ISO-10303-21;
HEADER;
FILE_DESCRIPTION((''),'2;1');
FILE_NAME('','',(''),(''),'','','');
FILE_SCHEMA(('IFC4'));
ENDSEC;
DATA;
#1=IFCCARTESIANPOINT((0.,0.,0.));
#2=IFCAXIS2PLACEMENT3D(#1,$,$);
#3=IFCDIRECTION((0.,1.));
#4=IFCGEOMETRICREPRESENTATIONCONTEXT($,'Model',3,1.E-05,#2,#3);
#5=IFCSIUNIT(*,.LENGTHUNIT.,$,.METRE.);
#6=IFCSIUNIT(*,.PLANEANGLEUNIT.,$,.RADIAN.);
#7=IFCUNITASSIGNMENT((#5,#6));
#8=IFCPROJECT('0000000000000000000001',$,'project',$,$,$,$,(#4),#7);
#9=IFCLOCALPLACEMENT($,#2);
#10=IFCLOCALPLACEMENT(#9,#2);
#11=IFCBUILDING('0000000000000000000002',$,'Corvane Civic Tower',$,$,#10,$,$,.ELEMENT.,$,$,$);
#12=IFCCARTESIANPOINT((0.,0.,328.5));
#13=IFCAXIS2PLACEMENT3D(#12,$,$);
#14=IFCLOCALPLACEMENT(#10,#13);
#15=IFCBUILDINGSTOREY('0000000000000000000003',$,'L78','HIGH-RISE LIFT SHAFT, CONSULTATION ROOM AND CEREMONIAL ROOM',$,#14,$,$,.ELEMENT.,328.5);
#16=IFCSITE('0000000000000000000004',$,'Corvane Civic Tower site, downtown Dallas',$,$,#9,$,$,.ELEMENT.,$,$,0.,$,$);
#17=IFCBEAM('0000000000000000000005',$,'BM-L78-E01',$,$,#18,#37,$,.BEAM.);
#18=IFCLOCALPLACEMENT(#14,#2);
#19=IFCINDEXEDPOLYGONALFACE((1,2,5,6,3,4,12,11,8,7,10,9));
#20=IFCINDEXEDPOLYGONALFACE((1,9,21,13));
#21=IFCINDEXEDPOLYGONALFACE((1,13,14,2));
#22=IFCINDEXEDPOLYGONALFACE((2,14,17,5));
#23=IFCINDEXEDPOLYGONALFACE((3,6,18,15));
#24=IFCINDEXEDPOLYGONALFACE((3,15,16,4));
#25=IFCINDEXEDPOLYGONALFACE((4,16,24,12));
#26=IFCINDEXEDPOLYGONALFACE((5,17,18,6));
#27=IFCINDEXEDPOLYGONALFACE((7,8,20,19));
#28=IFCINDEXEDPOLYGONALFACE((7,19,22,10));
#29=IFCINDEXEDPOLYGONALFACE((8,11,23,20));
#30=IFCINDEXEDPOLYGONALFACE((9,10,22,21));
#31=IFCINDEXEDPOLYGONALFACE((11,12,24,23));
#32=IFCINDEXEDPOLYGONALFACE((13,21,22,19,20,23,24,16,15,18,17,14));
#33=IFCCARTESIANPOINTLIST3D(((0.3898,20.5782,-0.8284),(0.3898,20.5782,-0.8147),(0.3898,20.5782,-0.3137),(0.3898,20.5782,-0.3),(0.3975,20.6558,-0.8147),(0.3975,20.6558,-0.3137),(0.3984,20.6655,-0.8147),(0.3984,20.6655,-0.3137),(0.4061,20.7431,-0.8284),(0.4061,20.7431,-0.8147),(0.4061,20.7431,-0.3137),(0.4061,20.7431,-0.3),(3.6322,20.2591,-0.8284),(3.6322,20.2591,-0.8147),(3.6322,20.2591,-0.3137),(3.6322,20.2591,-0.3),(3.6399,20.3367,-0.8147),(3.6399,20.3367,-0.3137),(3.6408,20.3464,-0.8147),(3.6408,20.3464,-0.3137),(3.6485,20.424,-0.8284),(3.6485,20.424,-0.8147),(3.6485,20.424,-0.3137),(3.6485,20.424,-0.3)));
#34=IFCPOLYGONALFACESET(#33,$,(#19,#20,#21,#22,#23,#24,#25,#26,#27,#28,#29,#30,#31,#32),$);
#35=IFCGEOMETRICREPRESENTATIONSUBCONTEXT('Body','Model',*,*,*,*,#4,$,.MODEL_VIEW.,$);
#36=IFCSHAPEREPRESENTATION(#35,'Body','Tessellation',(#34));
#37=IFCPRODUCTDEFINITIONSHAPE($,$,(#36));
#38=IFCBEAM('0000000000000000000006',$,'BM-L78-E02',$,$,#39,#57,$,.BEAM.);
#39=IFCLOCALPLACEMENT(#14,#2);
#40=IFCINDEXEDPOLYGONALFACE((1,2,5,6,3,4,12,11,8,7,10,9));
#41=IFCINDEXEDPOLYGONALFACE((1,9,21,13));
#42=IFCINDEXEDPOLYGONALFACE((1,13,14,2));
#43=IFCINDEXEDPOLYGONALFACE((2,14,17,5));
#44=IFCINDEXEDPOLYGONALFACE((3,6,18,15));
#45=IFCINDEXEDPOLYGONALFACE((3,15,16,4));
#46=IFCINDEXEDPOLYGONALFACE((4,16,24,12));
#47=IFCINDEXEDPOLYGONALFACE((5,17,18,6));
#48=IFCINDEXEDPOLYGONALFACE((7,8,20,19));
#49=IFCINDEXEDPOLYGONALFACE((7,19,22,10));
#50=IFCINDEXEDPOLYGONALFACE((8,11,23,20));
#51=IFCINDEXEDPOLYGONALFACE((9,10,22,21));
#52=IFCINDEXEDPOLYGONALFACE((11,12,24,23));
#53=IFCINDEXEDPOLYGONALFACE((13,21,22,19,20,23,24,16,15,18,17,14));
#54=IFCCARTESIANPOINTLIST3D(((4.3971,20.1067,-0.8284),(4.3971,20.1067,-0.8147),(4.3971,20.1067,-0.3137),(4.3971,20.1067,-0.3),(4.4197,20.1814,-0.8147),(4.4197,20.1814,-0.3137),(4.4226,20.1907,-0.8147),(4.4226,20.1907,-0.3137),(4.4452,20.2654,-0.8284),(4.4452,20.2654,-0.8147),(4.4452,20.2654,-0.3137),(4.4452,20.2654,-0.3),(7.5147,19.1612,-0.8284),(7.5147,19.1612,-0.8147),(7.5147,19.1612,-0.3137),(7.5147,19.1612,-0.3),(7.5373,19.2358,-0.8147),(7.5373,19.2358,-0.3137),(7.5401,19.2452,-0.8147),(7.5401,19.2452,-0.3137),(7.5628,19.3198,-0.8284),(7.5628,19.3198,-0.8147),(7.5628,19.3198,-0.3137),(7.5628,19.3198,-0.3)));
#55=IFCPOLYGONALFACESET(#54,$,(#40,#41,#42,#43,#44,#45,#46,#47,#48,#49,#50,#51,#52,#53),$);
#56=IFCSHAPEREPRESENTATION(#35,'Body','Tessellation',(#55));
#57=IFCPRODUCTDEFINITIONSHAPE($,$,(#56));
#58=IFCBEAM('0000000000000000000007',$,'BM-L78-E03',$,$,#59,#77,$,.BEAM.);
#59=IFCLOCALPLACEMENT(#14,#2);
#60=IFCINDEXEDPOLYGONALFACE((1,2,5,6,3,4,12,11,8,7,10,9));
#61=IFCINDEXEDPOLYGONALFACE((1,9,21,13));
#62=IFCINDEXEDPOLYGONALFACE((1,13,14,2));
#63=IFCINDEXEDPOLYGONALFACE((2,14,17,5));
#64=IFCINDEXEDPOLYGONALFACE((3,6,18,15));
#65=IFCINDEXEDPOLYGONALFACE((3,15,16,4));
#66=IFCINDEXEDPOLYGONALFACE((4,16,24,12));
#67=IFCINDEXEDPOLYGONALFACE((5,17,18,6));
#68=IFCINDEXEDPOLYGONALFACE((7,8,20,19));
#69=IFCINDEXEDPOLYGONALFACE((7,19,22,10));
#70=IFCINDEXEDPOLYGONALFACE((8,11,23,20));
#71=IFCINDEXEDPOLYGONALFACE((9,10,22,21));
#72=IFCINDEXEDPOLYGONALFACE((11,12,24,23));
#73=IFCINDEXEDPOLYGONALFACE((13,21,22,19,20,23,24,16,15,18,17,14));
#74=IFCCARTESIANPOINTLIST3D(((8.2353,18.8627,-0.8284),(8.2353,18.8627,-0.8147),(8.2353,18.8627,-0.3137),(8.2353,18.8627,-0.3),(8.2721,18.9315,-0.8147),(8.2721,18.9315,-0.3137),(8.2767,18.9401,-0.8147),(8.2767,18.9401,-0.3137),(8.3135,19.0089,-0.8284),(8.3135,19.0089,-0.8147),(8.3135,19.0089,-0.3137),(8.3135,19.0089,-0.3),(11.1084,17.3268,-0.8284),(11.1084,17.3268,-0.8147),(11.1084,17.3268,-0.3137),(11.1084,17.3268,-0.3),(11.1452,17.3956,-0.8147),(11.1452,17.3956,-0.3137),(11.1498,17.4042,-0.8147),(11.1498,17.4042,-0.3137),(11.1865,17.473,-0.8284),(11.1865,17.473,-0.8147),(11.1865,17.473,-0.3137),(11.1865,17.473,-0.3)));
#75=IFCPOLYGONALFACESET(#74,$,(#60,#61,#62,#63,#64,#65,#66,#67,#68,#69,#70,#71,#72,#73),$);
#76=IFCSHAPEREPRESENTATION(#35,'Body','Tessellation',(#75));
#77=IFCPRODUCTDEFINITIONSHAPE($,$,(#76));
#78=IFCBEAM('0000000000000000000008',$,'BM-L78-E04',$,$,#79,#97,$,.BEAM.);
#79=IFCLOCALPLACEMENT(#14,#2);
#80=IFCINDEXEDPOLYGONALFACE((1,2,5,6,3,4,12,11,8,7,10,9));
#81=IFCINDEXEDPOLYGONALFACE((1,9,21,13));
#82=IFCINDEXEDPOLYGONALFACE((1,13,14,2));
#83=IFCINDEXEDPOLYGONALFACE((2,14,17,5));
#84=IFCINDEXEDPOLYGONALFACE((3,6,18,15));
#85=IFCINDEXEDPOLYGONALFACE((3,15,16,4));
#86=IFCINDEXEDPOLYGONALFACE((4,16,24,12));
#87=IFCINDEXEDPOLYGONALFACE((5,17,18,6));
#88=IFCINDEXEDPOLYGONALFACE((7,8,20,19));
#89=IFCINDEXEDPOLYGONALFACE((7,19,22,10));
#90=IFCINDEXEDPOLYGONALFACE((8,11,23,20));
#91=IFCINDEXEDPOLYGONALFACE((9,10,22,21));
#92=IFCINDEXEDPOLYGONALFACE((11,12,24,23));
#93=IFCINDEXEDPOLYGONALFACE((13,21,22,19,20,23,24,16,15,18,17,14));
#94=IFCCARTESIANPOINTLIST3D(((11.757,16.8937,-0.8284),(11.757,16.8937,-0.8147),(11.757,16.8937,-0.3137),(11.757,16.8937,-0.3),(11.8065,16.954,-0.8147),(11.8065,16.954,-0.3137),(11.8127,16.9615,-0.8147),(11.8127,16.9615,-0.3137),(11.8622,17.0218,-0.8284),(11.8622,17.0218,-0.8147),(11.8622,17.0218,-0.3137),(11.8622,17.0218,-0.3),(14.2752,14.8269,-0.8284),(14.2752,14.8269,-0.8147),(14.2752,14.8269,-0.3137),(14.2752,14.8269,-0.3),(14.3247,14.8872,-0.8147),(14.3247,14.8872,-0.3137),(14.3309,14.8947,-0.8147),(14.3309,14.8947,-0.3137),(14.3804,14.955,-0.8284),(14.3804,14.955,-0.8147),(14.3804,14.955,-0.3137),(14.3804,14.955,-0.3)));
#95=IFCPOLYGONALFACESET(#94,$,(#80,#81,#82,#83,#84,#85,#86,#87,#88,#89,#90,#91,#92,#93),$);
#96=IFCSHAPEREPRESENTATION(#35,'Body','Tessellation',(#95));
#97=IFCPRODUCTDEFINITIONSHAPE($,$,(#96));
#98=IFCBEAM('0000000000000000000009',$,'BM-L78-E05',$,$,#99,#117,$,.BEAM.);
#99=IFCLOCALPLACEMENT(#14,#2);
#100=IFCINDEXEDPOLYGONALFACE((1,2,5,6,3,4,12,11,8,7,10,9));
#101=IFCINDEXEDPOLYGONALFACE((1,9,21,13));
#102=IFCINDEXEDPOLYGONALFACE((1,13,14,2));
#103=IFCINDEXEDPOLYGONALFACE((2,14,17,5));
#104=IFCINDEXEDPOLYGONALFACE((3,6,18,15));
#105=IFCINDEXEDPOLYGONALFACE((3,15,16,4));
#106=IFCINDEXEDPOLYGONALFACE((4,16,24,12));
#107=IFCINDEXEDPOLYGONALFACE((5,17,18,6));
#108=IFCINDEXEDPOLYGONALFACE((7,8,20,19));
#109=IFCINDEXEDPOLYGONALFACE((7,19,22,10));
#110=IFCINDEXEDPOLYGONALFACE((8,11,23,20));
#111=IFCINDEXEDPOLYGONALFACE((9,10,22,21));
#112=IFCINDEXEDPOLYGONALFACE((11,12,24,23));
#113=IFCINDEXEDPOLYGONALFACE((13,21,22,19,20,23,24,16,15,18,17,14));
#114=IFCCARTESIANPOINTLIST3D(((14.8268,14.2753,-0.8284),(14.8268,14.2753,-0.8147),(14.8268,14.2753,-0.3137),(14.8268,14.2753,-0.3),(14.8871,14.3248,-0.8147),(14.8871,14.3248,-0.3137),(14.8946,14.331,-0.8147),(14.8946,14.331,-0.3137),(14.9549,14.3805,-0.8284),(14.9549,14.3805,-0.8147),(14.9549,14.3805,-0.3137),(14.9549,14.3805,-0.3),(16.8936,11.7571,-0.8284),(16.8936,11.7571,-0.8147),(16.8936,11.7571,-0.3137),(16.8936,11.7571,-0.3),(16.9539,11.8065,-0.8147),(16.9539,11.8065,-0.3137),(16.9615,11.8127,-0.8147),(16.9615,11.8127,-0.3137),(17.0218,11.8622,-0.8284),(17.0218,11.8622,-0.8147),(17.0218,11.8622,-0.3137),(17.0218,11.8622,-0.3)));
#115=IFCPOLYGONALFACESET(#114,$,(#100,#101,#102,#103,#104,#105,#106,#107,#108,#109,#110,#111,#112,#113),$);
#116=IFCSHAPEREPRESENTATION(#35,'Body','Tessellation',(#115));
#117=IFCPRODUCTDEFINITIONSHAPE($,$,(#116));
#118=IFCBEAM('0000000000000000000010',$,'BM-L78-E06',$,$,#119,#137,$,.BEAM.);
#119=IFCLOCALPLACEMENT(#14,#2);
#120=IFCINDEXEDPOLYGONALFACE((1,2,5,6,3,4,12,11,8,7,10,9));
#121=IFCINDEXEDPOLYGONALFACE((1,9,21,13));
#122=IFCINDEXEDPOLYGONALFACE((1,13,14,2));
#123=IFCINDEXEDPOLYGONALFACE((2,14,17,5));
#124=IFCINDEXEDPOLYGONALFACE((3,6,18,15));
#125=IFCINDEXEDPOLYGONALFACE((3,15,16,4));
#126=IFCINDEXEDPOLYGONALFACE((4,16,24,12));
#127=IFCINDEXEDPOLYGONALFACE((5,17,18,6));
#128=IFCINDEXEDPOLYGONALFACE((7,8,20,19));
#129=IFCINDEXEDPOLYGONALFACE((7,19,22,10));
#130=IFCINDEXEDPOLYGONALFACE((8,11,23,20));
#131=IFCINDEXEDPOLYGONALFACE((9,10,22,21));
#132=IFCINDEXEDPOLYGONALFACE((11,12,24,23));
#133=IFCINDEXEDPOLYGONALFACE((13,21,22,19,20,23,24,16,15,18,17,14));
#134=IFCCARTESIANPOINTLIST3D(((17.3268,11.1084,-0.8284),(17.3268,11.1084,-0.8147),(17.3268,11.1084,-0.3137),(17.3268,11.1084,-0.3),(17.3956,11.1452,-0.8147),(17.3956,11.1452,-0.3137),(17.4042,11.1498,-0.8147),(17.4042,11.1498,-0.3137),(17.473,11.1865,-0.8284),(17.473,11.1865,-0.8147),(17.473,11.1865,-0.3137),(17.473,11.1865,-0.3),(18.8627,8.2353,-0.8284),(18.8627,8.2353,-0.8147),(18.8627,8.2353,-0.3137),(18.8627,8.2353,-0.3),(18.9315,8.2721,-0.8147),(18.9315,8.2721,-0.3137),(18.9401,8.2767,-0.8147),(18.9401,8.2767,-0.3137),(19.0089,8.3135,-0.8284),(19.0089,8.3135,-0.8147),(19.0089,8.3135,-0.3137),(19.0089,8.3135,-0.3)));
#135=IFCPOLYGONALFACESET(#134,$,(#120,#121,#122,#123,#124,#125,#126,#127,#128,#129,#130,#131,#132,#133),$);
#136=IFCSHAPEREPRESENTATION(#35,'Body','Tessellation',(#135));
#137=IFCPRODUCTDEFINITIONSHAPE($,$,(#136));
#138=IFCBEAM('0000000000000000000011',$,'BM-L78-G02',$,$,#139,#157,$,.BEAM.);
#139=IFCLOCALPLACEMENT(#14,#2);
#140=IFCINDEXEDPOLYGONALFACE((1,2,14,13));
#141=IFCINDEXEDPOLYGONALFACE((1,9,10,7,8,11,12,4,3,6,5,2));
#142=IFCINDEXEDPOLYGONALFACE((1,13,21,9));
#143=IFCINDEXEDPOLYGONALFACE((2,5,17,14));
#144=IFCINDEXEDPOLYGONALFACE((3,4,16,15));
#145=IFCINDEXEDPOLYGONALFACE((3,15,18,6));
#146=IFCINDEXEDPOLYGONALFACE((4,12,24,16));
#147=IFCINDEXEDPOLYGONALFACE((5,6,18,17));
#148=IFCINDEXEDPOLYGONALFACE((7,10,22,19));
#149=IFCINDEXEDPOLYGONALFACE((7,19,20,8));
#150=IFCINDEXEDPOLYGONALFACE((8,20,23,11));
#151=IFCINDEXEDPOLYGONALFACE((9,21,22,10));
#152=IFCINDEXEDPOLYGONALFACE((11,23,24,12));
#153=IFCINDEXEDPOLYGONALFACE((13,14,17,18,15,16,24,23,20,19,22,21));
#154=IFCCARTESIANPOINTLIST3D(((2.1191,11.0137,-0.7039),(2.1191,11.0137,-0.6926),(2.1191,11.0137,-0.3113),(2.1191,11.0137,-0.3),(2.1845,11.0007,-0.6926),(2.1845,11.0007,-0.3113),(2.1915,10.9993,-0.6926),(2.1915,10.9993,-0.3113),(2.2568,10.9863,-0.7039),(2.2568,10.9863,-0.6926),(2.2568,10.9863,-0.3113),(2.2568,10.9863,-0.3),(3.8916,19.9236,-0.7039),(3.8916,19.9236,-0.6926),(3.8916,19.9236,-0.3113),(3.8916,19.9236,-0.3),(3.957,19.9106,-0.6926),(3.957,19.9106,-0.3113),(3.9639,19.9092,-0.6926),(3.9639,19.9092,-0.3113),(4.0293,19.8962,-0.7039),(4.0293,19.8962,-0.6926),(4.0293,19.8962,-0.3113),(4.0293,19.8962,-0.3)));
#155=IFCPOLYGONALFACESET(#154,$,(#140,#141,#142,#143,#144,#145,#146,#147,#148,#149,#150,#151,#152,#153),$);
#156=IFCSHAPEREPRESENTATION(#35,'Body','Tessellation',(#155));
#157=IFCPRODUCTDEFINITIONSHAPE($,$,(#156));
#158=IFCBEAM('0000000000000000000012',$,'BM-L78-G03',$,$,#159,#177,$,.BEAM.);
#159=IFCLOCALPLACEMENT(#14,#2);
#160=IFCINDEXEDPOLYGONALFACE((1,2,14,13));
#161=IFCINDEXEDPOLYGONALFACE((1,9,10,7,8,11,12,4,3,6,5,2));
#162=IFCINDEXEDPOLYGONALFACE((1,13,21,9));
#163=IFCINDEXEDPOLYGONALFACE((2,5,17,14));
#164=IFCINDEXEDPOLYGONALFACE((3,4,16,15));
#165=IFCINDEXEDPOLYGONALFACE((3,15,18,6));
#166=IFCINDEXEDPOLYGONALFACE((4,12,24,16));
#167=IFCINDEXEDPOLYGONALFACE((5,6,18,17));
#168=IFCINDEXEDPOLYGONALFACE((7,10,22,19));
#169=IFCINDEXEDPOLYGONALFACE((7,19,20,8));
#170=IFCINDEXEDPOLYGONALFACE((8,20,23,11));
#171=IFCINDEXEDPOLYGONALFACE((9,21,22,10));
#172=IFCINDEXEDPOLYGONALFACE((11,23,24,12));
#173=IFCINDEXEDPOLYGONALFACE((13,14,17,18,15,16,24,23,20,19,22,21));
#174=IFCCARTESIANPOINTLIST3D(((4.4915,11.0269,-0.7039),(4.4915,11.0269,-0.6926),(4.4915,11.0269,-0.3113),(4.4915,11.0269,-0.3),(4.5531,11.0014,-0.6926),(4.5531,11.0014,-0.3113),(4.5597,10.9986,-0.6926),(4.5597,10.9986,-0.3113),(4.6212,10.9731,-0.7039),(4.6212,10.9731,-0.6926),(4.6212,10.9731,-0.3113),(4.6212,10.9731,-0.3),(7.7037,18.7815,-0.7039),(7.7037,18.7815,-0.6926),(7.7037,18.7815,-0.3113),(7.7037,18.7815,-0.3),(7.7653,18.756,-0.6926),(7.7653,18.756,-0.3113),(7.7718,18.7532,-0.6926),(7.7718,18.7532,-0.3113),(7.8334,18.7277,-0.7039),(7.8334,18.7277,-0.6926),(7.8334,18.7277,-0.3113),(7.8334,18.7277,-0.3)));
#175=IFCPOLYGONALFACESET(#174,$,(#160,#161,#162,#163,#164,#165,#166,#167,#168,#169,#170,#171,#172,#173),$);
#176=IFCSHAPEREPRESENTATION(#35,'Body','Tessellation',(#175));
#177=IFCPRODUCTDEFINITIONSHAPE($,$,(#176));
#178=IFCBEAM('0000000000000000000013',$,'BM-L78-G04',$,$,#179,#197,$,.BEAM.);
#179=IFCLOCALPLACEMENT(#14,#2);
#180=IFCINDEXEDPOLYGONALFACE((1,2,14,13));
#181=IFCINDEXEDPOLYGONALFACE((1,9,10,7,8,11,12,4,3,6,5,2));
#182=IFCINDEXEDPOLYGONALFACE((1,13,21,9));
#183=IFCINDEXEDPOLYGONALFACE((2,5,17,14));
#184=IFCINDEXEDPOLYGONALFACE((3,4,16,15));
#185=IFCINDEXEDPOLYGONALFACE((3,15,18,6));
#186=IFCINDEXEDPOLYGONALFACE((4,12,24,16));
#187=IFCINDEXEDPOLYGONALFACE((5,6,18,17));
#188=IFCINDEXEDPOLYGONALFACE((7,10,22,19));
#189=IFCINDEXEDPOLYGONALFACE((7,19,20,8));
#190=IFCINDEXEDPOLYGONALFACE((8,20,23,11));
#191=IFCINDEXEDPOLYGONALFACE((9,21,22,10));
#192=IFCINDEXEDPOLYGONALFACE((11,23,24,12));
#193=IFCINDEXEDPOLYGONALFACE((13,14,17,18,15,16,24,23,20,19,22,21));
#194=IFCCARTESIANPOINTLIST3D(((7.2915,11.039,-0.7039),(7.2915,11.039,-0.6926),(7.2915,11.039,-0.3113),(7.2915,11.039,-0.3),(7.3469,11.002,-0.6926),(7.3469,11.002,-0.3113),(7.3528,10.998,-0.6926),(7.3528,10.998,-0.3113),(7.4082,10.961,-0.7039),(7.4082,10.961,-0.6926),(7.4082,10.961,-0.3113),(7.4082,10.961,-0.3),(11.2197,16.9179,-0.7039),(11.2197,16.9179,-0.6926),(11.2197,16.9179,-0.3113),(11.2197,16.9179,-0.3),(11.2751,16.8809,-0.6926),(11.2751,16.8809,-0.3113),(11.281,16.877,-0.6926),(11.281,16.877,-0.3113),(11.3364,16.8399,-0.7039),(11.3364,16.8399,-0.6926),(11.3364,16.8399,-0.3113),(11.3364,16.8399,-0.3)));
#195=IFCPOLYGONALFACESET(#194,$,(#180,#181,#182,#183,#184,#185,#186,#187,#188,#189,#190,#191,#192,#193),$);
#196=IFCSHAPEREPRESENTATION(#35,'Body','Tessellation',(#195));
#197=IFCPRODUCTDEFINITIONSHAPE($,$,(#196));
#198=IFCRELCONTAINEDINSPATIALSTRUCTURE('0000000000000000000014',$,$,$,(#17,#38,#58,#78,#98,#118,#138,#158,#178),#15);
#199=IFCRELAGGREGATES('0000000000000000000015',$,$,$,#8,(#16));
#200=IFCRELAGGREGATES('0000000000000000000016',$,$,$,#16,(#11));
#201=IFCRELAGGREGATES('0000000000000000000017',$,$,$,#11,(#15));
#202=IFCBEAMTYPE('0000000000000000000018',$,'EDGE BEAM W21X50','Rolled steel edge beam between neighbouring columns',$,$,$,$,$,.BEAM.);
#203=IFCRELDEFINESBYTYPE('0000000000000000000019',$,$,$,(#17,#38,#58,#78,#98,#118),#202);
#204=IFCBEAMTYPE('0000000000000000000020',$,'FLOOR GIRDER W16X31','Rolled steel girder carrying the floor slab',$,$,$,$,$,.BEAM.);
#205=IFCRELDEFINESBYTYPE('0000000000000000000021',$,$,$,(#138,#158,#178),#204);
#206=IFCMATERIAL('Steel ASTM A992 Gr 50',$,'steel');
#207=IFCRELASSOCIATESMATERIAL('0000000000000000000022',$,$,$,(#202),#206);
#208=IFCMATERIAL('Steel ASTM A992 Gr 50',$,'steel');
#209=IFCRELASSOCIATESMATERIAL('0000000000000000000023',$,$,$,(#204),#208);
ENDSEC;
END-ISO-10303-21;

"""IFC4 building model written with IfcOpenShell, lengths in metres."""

from ifc_helpers import new_model, si_unit, direction, frame, origin, origin_2d, place, context, subcontext, project, spatial, i_section, extrude, material, material_profile, profile_set, type_object, element, save


model = new_model("IFC4")

# Units and contexts
model_context = context("Model", 3, precision=1e-05, world=origin(), true_north=direction((0.0, 1.0)))
body_context = subcontext(model_context, "Body", "Model", "MODEL_VIEW")
ifc_project = project(units=[si_unit("LENGTHUNIT", "METRE"), si_unit("PLANEANGLEUNIT", "RADIAN")], contexts=[model_context])

# Site, building, storey
site_placement = place(None, origin())
site = spatial("IfcSite", under=ifc_project, at=site_placement, Name="Corvane Civic Tower site, downtown Dallas", CompositionType="ELEMENT", RefElevation=0.0)
building_placement = place(site_placement, origin())
building = spatial("IfcBuilding", under=site, at=building_placement, Name="Corvane Civic Tower", CompositionType="ELEMENT")
storey_placement = place(building_placement, frame((0.0, 0.0, 328.5)))
storey = spatial("IfcBuildingStorey", under=building, at=storey_placement, Name="L78", Description="HIGH-RISE LIFT SHAFT, CONSULTATION ROOM AND CEREMONIAL ROOM", CompositionType="ELEMENT", Elevation=328.5)

# Beams
ifc_material_1 = material(Name="Steel ASTM A992 Gr 50", Category="steel")
ifc_material_profile_1 = material_profile(ifc_material_1, i_section(OverallWidth=0.1658, OverallDepth=0.5283, WebThickness=0.0098, FlangeThickness=0.0137, at=origin_2d()), Name="W21X50")
ifc_profile_set_1 = profile_set([ifc_material_profile_1], Name="Steel ASTM A992 Gr 50")
beam_type_1 = type_object("IfcBeamType", Name="EDGE BEAM W21X50", Description="Rolled steel edge beam between neighbouring columns", PredefinedType="BEAM", material=ifc_profile_set_1)
beam_1_placement = place(storey_placement, frame((0.3979, 20.6606, -0.5642), z_axis=(0.995193, -0.097938, 0.0), x_axis=(0.097938, 0.995193, 0.0)))
element("IfcBeam", 1, at=beam_1_placement, inside=storey, type_object=beam_type_1, Name="BM-L78-E01", PredefinedType="BEAM", context=body_context, shape_type="SweptSolid", body=[
    extrude(i_section(OverallWidth=0.1658, OverallDepth=0.5283, WebThickness=0.0098, FlangeThickness=0.0137, at=origin_2d()), origin(), (0.0, 0.0, 1.0), 3.2581),
])
for number, where, z_axis, x_axis, name in (
    (2, (4.4211, 20.186, -0.5642), (0.956956, -0.290234, 0.0), (0.290234, 0.956956, 0.0), "BM-L78-E02"),
    (3, (8.2744, 18.9358, -0.5642), (0.881894, -0.471448, 0.0), (0.471448, 0.881894, 0.0), "BM-L78-E03"),
    (4, (11.8096, 16.9578, -0.5642), (0.772985, -0.634425, 0.0), (0.634425, 0.772985, 0.0), "BM-L78-E04"),
    (5, (14.8909, 14.3279, -0.5642), (0.634425, -0.772985, 0.0), (0.772985, 0.634425, 0.0), "BM-L78-E05"),
    (6, (17.3999, 11.1475, -0.5642), (0.471448, -0.881894, 0.0), (0.881894, 0.471448, 0.0), "BM-L78-E06"),
):
    element("IfcBeam", number, at=place(storey_placement, frame(where, z_axis=z_axis, x_axis=x_axis)), inside=storey, type_object=beam_type_1, Name=name, PredefinedType="BEAM", context=body_context, shape_type="SweptSolid", body=[
        extrude(i_section(OverallWidth=0.1658, OverallDepth=0.5283, WebThickness=0.0098, FlangeThickness=0.0137, at=origin_2d()), origin(), (0.0, 0.0, 1.0), 3.2578),
    ])
ifc_material_2 = material(Name="Steel ASTM A992 Gr 50", Category="steel")
ifc_material_profile_2 = material_profile(ifc_material_2, i_section(OverallWidth=0.1404, OverallDepth=0.4038, WebThickness=0.0071, FlangeThickness=0.0112, at=origin_2d()), Name="W16X31")
ifc_profile_set_2 = profile_set([ifc_material_profile_2], Name="Steel ASTM A992 Gr 50")
beam_type_2 = type_object("IfcBeamType", Name="FLOOR GIRDER W16X31", Description="Rolled steel girder carrying the floor slab", PredefinedType="BEAM", material=ifc_profile_set_2)
beam_2_placement = place(storey_placement, frame((2.188, 11.0, -0.502), z_axis=(0.195108, 0.980782, 0.0), x_axis=(-0.980782, 0.195108, 0.0)))
element("IfcBeam", 7, at=beam_2_placement, inside=storey, type_object=beam_type_2, Name="BM-L78-G02", PredefinedType="BEAM", context=body_context, shape_type="SweptSolid", body=[
    extrude(i_section(OverallWidth=0.1404, OverallDepth=0.4038, WebThickness=0.0071, FlangeThickness=0.0112, at=origin_2d()), origin(), (0.0, 0.0, 1.0), 9.0845),
])
beam_3_placement = place(storey_placement, frame((4.5564, 11.0, -0.502), z_axis=(0.382692, 0.923876, 0.0), x_axis=(-0.923876, 0.382692, 0.0)))
element("IfcBeam", 8, at=beam_3_placement, inside=storey, type_object=beam_type_2, Name="BM-L78-G03", PredefinedType="BEAM", context=body_context, shape_type="SweptSolid", body=[
    extrude(i_section(OverallWidth=0.1404, OverallDepth=0.4038, WebThickness=0.0071, FlangeThickness=0.0112, at=origin_2d()), origin(), (0.0, 0.0, 1.0), 8.3936),
])
beam_4_placement = place(storey_placement, frame((7.3499, 11.0, -0.502), z_axis=(0.555576, 0.831465, 0.0), x_axis=(-0.831465, 0.555576, 0.0)))
element("IfcBeam", 9, at=beam_4_placement, inside=storey, type_object=beam_type_2, Name="BM-L78-G04", PredefinedType="BEAM", context=body_context, shape_type="SweptSolid", body=[
    extrude(i_section(OverallWidth=0.1404, OverallDepth=0.4038, WebThickness=0.0071, FlangeThickness=0.0112, at=origin_2d()), origin(), (0.0, 0.0, 1.0), 7.0706),
])

save(model, "model.ifc")
